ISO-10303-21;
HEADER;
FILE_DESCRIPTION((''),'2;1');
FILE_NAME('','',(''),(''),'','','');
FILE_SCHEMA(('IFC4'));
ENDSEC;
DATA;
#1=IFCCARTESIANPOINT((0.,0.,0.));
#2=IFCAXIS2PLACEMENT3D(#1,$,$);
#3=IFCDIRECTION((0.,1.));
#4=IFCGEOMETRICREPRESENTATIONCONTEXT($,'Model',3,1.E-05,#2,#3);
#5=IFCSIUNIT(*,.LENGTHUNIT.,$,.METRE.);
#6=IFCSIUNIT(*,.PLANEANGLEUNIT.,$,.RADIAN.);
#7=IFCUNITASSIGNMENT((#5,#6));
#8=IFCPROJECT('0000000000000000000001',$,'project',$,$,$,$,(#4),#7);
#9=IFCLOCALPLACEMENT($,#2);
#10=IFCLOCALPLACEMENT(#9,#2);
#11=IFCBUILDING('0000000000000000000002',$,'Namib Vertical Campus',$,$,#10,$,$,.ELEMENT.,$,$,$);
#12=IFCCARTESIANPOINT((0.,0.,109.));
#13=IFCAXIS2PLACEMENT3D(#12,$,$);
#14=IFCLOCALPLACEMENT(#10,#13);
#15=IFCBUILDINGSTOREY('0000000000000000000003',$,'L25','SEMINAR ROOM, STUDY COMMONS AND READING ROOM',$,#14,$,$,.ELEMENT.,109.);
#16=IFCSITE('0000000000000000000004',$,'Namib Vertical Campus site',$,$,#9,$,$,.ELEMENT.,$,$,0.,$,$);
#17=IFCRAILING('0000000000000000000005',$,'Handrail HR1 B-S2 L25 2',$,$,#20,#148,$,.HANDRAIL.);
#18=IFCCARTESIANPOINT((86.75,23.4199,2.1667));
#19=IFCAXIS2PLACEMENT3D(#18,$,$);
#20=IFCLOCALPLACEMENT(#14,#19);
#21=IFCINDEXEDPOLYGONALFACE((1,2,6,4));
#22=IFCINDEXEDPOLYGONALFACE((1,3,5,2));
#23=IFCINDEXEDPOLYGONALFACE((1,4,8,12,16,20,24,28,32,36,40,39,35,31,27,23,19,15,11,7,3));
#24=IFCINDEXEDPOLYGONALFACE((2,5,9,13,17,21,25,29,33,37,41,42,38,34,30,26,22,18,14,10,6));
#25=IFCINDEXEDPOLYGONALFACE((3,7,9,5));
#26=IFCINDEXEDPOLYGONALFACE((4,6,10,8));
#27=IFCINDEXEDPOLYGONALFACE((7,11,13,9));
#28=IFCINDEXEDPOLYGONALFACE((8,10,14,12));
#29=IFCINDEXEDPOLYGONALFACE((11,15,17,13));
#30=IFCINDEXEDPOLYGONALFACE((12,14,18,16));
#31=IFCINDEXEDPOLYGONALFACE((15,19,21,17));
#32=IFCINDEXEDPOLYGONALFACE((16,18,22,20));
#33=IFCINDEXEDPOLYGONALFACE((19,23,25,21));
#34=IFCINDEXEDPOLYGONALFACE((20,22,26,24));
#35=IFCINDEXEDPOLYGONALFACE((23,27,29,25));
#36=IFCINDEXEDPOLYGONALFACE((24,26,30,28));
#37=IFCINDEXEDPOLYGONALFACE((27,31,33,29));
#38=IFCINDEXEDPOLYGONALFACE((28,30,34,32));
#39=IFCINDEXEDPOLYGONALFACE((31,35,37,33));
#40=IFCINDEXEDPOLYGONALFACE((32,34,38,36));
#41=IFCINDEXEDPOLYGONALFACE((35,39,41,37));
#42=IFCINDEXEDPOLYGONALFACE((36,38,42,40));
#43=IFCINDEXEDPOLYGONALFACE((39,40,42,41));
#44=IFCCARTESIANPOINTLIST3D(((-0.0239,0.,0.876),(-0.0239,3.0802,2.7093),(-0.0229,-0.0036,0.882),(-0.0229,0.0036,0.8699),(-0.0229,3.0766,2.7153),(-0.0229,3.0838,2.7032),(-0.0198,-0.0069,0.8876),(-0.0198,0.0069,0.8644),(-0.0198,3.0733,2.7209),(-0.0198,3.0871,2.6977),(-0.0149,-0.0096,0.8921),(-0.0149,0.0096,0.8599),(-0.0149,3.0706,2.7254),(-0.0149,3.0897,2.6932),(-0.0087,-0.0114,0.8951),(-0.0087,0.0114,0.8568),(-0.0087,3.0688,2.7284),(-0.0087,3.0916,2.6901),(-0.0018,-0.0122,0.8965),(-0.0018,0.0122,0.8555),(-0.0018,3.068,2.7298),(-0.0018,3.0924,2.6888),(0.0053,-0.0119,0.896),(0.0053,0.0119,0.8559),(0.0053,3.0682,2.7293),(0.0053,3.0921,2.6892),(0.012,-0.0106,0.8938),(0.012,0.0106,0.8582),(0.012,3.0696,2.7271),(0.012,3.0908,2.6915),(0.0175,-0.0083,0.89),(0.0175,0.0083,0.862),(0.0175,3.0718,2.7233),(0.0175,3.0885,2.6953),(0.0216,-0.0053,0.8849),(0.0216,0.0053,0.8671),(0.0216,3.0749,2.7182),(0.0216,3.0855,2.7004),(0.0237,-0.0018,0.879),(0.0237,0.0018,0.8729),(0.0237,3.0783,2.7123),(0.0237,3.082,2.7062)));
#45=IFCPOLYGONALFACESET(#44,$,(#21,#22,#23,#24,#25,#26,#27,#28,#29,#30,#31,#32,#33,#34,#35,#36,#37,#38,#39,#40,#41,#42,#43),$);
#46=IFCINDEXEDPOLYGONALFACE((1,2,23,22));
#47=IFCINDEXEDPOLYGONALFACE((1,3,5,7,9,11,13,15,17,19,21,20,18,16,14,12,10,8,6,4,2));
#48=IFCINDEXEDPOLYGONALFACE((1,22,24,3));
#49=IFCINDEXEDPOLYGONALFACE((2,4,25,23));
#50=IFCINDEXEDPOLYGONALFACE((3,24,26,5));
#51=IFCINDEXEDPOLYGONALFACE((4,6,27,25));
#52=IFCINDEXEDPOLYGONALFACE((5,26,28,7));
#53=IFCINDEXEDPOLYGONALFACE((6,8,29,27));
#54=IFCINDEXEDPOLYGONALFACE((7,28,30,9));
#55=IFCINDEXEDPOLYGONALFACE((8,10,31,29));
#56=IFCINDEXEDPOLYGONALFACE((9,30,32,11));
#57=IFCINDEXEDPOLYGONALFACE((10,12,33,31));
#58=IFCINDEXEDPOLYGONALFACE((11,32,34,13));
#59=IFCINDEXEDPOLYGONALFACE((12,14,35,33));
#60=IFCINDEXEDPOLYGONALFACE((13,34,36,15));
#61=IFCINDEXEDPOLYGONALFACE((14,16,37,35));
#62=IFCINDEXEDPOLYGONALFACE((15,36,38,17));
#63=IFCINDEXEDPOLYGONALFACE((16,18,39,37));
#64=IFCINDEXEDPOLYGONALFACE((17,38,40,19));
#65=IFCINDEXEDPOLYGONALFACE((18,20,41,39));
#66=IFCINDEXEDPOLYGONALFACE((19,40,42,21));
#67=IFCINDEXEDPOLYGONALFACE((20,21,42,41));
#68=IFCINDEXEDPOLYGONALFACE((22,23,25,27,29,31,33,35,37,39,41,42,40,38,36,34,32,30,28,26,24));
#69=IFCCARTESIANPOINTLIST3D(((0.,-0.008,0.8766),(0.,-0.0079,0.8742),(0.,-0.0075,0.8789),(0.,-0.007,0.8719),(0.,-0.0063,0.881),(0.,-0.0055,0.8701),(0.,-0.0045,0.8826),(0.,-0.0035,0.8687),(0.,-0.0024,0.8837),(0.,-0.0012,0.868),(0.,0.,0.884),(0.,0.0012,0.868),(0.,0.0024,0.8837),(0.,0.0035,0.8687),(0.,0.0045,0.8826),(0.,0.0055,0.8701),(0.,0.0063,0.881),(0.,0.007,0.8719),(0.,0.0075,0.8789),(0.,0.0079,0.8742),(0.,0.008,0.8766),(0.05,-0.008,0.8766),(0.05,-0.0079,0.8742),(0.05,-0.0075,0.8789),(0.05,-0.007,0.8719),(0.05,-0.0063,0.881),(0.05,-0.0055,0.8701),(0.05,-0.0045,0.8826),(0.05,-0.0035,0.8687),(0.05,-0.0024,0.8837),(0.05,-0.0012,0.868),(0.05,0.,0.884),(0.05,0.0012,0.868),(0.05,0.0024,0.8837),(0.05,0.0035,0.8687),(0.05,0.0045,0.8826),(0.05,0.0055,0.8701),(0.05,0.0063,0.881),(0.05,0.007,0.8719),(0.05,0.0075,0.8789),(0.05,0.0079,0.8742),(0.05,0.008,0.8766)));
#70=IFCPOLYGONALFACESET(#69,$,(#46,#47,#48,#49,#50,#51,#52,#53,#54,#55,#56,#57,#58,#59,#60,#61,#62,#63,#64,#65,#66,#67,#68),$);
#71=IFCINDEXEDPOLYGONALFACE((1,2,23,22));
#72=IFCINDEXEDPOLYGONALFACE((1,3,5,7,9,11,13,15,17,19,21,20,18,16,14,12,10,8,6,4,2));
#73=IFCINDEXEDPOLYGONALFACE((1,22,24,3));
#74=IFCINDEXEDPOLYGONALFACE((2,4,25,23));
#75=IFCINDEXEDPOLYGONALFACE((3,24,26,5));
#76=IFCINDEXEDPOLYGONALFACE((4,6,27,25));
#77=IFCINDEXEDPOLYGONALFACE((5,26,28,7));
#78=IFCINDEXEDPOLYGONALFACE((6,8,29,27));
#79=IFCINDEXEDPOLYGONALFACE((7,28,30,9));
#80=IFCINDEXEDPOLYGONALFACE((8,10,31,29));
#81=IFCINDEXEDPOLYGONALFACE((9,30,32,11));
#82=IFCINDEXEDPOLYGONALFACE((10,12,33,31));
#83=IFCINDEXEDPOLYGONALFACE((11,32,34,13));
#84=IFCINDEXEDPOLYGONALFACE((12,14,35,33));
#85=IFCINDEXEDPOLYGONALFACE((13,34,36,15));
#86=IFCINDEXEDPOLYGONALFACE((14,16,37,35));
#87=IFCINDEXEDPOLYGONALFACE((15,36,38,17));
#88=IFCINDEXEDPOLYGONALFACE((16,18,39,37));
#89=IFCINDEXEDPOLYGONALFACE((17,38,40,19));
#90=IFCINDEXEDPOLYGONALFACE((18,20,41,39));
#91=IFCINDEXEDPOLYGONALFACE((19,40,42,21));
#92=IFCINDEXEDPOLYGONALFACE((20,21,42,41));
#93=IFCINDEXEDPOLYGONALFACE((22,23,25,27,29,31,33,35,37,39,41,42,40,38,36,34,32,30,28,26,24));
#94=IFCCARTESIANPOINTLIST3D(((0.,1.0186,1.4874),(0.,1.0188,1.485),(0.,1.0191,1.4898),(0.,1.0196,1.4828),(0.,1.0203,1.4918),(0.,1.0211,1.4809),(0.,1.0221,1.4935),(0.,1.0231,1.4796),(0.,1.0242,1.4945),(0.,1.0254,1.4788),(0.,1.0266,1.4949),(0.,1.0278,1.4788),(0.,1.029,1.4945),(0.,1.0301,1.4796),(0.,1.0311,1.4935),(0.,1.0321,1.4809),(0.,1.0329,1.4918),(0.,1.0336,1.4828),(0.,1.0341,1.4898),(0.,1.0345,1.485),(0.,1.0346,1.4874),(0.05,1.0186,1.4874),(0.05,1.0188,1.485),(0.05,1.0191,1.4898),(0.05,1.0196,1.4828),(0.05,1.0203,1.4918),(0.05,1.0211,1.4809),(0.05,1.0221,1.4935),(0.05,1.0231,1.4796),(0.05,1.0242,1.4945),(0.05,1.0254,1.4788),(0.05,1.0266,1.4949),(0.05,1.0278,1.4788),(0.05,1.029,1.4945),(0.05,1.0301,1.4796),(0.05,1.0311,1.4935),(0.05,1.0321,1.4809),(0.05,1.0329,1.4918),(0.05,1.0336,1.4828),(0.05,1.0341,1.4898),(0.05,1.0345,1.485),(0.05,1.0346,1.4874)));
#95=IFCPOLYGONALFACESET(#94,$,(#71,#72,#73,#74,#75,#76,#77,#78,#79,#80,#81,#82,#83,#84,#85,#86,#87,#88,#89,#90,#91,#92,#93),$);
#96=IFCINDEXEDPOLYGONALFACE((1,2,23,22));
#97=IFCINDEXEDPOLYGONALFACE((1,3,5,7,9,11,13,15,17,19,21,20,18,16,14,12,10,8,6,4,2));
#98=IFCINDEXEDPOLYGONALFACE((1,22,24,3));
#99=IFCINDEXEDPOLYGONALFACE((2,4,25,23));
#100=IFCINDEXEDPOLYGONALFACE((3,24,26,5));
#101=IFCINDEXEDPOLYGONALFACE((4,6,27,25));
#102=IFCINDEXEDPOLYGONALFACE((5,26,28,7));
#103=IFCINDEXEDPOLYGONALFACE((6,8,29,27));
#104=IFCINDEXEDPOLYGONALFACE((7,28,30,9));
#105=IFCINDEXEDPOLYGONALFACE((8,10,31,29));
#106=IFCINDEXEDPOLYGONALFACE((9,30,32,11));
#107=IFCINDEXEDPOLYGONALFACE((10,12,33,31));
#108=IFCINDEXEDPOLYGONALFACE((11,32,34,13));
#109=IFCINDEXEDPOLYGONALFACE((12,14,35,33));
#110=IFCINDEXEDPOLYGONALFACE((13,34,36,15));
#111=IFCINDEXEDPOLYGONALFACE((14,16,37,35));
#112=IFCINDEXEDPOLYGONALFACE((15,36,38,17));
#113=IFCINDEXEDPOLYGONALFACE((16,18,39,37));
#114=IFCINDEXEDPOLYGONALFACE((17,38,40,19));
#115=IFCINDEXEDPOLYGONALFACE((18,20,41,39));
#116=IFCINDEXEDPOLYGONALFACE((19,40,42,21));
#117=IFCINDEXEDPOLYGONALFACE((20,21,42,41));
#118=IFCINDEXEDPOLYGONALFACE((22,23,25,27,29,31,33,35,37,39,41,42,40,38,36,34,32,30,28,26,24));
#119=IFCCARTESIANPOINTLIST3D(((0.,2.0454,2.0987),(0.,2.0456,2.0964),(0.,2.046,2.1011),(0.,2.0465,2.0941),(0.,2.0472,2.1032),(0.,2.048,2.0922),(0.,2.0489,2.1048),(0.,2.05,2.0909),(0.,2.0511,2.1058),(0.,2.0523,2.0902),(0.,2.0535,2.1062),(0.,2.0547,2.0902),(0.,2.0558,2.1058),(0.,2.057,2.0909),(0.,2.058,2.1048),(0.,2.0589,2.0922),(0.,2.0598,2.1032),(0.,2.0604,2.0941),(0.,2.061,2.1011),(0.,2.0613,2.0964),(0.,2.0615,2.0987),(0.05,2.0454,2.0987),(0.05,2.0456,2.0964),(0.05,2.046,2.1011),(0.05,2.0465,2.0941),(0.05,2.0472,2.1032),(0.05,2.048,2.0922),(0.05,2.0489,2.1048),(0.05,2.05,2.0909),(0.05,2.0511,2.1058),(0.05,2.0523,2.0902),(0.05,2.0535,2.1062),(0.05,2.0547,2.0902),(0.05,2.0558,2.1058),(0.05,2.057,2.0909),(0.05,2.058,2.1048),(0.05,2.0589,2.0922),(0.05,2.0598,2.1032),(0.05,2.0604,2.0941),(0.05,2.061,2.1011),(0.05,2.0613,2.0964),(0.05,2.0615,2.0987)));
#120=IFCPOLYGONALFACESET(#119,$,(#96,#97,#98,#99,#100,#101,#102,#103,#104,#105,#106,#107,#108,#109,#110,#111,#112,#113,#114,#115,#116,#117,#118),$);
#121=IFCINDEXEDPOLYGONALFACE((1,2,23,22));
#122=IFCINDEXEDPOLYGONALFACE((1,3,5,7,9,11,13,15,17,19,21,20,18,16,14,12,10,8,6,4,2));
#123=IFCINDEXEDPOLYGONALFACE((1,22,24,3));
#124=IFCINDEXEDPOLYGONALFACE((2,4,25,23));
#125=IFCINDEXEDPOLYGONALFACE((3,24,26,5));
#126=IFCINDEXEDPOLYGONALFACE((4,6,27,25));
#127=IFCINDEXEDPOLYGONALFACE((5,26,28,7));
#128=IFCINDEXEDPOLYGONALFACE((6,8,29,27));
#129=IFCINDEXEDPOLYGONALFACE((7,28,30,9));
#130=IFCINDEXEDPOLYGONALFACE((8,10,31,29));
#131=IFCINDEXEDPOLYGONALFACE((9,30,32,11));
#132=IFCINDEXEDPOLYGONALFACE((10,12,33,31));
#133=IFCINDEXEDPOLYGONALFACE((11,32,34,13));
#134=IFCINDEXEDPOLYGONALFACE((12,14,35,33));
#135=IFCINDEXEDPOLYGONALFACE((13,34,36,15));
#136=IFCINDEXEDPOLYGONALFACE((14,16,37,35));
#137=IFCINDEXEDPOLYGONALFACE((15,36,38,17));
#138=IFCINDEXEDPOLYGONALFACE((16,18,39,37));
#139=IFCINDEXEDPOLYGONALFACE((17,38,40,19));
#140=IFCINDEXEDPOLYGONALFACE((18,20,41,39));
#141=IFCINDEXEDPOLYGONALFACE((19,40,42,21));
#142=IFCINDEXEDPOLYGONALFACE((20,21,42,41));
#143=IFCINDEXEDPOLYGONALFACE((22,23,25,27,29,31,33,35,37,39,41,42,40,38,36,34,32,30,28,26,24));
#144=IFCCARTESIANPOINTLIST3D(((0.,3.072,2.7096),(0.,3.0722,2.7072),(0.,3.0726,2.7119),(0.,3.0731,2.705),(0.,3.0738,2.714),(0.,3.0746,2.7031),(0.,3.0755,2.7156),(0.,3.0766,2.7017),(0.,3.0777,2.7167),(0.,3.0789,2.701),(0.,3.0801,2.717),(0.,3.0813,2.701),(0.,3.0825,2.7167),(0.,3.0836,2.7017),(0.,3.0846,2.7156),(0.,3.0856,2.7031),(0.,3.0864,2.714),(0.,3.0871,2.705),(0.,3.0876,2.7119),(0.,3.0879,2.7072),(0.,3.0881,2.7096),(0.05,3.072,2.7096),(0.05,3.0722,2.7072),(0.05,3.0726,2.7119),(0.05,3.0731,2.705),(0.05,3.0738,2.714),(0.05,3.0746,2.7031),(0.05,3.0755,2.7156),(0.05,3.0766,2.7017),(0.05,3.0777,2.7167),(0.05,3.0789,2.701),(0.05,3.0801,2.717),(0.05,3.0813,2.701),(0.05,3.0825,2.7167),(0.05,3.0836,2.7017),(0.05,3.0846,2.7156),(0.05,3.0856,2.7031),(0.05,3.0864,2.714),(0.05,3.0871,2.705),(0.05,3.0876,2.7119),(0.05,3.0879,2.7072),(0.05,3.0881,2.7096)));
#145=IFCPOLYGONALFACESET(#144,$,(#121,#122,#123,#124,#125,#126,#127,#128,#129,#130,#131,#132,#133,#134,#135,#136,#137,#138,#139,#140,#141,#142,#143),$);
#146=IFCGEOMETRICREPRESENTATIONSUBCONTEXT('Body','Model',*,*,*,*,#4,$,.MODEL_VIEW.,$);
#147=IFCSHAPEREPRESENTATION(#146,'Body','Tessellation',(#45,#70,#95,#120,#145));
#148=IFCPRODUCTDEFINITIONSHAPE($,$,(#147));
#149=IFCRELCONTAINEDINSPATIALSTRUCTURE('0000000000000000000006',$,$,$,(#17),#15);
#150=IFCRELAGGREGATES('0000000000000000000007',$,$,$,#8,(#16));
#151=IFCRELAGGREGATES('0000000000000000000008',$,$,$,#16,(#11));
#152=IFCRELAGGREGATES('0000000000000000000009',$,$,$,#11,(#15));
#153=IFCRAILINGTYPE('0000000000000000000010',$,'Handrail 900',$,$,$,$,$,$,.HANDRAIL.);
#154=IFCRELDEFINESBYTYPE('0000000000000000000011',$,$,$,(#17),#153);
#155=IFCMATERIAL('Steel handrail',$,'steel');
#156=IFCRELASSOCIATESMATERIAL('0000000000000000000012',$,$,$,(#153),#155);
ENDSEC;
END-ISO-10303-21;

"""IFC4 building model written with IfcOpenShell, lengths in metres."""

from ifc_helpers import new_model, si_unit, direction, frame, origin, origin_2d, place, context, subcontext, project, spatial, circle, extrude, material, type_object, element, save


model = new_model("IFC4")

# Units and contexts
model_context = context("Model", 3, precision=1e-05, world=origin(), true_north=direction((0.0, 1.0)))
body_context = subcontext(model_context, "Body", "Model", "MODEL_VIEW")
ifc_project = project(units=[si_unit("LENGTHUNIT", "METRE"), si_unit("PLANEANGLEUNIT", "RADIAN")], contexts=[model_context])

# Site, building, storey
site_placement = place(None, origin())
site = spatial("IfcSite", under=ifc_project, at=site_placement, Name="Namib Vertical Campus site", CompositionType="ELEMENT", RefElevation=0.0)
building_placement = place(site_placement, origin())
building = spatial("IfcBuilding", under=site, at=building_placement, Name="Namib Vertical Campus", CompositionType="ELEMENT")
storey_placement = place(building_placement, frame((0.0, 0.0, 109.0)))
storey = spatial("IfcBuildingStorey", under=building, at=storey_placement, Name="L25", Description="SEMINAR ROOM, STUDY COMMONS AND READING ROOM", CompositionType="ELEMENT", Elevation=109.0)

# Railing
ifc_material_1 = material(Name="Steel handrail", Category="steel")
railing_type_1 = type_object("IfcRailingType", Name="Handrail 900", PredefinedType="HANDRAIL", material=ifc_material_1)
railing_1_placement = place(storey_placement, frame((86.75, 23.4199, 2.1667)))
element("IfcRailing", 1, at=railing_1_placement, inside=storey, type_object=railing_type_1, Name="Handrail HR1 B-S2 L25 2", PredefinedType="HANDRAIL", context=body_context, shape_type="SweptSolid", body=[
    extrude(circle(Radius=0.0239, at=origin_2d()), frame((0.0, 0.0, 0.876), z_axis=(0.0, 0.859309, 0.511458), x_axis=(-1.0, 0.0, 0.0)), (0.0, 0.0, 1.0), 3.5845),
    extrude(circle(Radius=0.0081, at=origin_2d()), frame((0.0, 0.0, 0.876), z_axis=(1.0, 0.0, 0.0), x_axis=(0.0, 0.0, 1.0)), (0.0, 0.0, 1.0), 0.05),
    extrude(circle(Radius=0.0081, at=origin_2d()), frame((0.0, 1.0266, 1.4868), z_axis=(1.0, 0.0, 0.0), x_axis=(0.0, 0.0, 1.0)), (0.0, 0.0, 1.0), 0.05),
    extrude(circle(Radius=0.0081, at=origin_2d()), frame((0.0, 2.0535, 2.0981), z_axis=(1.0, 0.0, 0.0), x_axis=(0.0, 0.0, 1.0)), (0.0, 0.0, 1.0), 0.05),
    extrude(circle(Radius=0.0081, at=origin_2d()), frame((0.0, 3.0801, 2.709), z_axis=(1.0, 0.0, 0.0), x_axis=(0.0, 0.0, 1.0)), (0.0, 0.0, 1.0), 0.05),
])

save(model, "model.ifc")
